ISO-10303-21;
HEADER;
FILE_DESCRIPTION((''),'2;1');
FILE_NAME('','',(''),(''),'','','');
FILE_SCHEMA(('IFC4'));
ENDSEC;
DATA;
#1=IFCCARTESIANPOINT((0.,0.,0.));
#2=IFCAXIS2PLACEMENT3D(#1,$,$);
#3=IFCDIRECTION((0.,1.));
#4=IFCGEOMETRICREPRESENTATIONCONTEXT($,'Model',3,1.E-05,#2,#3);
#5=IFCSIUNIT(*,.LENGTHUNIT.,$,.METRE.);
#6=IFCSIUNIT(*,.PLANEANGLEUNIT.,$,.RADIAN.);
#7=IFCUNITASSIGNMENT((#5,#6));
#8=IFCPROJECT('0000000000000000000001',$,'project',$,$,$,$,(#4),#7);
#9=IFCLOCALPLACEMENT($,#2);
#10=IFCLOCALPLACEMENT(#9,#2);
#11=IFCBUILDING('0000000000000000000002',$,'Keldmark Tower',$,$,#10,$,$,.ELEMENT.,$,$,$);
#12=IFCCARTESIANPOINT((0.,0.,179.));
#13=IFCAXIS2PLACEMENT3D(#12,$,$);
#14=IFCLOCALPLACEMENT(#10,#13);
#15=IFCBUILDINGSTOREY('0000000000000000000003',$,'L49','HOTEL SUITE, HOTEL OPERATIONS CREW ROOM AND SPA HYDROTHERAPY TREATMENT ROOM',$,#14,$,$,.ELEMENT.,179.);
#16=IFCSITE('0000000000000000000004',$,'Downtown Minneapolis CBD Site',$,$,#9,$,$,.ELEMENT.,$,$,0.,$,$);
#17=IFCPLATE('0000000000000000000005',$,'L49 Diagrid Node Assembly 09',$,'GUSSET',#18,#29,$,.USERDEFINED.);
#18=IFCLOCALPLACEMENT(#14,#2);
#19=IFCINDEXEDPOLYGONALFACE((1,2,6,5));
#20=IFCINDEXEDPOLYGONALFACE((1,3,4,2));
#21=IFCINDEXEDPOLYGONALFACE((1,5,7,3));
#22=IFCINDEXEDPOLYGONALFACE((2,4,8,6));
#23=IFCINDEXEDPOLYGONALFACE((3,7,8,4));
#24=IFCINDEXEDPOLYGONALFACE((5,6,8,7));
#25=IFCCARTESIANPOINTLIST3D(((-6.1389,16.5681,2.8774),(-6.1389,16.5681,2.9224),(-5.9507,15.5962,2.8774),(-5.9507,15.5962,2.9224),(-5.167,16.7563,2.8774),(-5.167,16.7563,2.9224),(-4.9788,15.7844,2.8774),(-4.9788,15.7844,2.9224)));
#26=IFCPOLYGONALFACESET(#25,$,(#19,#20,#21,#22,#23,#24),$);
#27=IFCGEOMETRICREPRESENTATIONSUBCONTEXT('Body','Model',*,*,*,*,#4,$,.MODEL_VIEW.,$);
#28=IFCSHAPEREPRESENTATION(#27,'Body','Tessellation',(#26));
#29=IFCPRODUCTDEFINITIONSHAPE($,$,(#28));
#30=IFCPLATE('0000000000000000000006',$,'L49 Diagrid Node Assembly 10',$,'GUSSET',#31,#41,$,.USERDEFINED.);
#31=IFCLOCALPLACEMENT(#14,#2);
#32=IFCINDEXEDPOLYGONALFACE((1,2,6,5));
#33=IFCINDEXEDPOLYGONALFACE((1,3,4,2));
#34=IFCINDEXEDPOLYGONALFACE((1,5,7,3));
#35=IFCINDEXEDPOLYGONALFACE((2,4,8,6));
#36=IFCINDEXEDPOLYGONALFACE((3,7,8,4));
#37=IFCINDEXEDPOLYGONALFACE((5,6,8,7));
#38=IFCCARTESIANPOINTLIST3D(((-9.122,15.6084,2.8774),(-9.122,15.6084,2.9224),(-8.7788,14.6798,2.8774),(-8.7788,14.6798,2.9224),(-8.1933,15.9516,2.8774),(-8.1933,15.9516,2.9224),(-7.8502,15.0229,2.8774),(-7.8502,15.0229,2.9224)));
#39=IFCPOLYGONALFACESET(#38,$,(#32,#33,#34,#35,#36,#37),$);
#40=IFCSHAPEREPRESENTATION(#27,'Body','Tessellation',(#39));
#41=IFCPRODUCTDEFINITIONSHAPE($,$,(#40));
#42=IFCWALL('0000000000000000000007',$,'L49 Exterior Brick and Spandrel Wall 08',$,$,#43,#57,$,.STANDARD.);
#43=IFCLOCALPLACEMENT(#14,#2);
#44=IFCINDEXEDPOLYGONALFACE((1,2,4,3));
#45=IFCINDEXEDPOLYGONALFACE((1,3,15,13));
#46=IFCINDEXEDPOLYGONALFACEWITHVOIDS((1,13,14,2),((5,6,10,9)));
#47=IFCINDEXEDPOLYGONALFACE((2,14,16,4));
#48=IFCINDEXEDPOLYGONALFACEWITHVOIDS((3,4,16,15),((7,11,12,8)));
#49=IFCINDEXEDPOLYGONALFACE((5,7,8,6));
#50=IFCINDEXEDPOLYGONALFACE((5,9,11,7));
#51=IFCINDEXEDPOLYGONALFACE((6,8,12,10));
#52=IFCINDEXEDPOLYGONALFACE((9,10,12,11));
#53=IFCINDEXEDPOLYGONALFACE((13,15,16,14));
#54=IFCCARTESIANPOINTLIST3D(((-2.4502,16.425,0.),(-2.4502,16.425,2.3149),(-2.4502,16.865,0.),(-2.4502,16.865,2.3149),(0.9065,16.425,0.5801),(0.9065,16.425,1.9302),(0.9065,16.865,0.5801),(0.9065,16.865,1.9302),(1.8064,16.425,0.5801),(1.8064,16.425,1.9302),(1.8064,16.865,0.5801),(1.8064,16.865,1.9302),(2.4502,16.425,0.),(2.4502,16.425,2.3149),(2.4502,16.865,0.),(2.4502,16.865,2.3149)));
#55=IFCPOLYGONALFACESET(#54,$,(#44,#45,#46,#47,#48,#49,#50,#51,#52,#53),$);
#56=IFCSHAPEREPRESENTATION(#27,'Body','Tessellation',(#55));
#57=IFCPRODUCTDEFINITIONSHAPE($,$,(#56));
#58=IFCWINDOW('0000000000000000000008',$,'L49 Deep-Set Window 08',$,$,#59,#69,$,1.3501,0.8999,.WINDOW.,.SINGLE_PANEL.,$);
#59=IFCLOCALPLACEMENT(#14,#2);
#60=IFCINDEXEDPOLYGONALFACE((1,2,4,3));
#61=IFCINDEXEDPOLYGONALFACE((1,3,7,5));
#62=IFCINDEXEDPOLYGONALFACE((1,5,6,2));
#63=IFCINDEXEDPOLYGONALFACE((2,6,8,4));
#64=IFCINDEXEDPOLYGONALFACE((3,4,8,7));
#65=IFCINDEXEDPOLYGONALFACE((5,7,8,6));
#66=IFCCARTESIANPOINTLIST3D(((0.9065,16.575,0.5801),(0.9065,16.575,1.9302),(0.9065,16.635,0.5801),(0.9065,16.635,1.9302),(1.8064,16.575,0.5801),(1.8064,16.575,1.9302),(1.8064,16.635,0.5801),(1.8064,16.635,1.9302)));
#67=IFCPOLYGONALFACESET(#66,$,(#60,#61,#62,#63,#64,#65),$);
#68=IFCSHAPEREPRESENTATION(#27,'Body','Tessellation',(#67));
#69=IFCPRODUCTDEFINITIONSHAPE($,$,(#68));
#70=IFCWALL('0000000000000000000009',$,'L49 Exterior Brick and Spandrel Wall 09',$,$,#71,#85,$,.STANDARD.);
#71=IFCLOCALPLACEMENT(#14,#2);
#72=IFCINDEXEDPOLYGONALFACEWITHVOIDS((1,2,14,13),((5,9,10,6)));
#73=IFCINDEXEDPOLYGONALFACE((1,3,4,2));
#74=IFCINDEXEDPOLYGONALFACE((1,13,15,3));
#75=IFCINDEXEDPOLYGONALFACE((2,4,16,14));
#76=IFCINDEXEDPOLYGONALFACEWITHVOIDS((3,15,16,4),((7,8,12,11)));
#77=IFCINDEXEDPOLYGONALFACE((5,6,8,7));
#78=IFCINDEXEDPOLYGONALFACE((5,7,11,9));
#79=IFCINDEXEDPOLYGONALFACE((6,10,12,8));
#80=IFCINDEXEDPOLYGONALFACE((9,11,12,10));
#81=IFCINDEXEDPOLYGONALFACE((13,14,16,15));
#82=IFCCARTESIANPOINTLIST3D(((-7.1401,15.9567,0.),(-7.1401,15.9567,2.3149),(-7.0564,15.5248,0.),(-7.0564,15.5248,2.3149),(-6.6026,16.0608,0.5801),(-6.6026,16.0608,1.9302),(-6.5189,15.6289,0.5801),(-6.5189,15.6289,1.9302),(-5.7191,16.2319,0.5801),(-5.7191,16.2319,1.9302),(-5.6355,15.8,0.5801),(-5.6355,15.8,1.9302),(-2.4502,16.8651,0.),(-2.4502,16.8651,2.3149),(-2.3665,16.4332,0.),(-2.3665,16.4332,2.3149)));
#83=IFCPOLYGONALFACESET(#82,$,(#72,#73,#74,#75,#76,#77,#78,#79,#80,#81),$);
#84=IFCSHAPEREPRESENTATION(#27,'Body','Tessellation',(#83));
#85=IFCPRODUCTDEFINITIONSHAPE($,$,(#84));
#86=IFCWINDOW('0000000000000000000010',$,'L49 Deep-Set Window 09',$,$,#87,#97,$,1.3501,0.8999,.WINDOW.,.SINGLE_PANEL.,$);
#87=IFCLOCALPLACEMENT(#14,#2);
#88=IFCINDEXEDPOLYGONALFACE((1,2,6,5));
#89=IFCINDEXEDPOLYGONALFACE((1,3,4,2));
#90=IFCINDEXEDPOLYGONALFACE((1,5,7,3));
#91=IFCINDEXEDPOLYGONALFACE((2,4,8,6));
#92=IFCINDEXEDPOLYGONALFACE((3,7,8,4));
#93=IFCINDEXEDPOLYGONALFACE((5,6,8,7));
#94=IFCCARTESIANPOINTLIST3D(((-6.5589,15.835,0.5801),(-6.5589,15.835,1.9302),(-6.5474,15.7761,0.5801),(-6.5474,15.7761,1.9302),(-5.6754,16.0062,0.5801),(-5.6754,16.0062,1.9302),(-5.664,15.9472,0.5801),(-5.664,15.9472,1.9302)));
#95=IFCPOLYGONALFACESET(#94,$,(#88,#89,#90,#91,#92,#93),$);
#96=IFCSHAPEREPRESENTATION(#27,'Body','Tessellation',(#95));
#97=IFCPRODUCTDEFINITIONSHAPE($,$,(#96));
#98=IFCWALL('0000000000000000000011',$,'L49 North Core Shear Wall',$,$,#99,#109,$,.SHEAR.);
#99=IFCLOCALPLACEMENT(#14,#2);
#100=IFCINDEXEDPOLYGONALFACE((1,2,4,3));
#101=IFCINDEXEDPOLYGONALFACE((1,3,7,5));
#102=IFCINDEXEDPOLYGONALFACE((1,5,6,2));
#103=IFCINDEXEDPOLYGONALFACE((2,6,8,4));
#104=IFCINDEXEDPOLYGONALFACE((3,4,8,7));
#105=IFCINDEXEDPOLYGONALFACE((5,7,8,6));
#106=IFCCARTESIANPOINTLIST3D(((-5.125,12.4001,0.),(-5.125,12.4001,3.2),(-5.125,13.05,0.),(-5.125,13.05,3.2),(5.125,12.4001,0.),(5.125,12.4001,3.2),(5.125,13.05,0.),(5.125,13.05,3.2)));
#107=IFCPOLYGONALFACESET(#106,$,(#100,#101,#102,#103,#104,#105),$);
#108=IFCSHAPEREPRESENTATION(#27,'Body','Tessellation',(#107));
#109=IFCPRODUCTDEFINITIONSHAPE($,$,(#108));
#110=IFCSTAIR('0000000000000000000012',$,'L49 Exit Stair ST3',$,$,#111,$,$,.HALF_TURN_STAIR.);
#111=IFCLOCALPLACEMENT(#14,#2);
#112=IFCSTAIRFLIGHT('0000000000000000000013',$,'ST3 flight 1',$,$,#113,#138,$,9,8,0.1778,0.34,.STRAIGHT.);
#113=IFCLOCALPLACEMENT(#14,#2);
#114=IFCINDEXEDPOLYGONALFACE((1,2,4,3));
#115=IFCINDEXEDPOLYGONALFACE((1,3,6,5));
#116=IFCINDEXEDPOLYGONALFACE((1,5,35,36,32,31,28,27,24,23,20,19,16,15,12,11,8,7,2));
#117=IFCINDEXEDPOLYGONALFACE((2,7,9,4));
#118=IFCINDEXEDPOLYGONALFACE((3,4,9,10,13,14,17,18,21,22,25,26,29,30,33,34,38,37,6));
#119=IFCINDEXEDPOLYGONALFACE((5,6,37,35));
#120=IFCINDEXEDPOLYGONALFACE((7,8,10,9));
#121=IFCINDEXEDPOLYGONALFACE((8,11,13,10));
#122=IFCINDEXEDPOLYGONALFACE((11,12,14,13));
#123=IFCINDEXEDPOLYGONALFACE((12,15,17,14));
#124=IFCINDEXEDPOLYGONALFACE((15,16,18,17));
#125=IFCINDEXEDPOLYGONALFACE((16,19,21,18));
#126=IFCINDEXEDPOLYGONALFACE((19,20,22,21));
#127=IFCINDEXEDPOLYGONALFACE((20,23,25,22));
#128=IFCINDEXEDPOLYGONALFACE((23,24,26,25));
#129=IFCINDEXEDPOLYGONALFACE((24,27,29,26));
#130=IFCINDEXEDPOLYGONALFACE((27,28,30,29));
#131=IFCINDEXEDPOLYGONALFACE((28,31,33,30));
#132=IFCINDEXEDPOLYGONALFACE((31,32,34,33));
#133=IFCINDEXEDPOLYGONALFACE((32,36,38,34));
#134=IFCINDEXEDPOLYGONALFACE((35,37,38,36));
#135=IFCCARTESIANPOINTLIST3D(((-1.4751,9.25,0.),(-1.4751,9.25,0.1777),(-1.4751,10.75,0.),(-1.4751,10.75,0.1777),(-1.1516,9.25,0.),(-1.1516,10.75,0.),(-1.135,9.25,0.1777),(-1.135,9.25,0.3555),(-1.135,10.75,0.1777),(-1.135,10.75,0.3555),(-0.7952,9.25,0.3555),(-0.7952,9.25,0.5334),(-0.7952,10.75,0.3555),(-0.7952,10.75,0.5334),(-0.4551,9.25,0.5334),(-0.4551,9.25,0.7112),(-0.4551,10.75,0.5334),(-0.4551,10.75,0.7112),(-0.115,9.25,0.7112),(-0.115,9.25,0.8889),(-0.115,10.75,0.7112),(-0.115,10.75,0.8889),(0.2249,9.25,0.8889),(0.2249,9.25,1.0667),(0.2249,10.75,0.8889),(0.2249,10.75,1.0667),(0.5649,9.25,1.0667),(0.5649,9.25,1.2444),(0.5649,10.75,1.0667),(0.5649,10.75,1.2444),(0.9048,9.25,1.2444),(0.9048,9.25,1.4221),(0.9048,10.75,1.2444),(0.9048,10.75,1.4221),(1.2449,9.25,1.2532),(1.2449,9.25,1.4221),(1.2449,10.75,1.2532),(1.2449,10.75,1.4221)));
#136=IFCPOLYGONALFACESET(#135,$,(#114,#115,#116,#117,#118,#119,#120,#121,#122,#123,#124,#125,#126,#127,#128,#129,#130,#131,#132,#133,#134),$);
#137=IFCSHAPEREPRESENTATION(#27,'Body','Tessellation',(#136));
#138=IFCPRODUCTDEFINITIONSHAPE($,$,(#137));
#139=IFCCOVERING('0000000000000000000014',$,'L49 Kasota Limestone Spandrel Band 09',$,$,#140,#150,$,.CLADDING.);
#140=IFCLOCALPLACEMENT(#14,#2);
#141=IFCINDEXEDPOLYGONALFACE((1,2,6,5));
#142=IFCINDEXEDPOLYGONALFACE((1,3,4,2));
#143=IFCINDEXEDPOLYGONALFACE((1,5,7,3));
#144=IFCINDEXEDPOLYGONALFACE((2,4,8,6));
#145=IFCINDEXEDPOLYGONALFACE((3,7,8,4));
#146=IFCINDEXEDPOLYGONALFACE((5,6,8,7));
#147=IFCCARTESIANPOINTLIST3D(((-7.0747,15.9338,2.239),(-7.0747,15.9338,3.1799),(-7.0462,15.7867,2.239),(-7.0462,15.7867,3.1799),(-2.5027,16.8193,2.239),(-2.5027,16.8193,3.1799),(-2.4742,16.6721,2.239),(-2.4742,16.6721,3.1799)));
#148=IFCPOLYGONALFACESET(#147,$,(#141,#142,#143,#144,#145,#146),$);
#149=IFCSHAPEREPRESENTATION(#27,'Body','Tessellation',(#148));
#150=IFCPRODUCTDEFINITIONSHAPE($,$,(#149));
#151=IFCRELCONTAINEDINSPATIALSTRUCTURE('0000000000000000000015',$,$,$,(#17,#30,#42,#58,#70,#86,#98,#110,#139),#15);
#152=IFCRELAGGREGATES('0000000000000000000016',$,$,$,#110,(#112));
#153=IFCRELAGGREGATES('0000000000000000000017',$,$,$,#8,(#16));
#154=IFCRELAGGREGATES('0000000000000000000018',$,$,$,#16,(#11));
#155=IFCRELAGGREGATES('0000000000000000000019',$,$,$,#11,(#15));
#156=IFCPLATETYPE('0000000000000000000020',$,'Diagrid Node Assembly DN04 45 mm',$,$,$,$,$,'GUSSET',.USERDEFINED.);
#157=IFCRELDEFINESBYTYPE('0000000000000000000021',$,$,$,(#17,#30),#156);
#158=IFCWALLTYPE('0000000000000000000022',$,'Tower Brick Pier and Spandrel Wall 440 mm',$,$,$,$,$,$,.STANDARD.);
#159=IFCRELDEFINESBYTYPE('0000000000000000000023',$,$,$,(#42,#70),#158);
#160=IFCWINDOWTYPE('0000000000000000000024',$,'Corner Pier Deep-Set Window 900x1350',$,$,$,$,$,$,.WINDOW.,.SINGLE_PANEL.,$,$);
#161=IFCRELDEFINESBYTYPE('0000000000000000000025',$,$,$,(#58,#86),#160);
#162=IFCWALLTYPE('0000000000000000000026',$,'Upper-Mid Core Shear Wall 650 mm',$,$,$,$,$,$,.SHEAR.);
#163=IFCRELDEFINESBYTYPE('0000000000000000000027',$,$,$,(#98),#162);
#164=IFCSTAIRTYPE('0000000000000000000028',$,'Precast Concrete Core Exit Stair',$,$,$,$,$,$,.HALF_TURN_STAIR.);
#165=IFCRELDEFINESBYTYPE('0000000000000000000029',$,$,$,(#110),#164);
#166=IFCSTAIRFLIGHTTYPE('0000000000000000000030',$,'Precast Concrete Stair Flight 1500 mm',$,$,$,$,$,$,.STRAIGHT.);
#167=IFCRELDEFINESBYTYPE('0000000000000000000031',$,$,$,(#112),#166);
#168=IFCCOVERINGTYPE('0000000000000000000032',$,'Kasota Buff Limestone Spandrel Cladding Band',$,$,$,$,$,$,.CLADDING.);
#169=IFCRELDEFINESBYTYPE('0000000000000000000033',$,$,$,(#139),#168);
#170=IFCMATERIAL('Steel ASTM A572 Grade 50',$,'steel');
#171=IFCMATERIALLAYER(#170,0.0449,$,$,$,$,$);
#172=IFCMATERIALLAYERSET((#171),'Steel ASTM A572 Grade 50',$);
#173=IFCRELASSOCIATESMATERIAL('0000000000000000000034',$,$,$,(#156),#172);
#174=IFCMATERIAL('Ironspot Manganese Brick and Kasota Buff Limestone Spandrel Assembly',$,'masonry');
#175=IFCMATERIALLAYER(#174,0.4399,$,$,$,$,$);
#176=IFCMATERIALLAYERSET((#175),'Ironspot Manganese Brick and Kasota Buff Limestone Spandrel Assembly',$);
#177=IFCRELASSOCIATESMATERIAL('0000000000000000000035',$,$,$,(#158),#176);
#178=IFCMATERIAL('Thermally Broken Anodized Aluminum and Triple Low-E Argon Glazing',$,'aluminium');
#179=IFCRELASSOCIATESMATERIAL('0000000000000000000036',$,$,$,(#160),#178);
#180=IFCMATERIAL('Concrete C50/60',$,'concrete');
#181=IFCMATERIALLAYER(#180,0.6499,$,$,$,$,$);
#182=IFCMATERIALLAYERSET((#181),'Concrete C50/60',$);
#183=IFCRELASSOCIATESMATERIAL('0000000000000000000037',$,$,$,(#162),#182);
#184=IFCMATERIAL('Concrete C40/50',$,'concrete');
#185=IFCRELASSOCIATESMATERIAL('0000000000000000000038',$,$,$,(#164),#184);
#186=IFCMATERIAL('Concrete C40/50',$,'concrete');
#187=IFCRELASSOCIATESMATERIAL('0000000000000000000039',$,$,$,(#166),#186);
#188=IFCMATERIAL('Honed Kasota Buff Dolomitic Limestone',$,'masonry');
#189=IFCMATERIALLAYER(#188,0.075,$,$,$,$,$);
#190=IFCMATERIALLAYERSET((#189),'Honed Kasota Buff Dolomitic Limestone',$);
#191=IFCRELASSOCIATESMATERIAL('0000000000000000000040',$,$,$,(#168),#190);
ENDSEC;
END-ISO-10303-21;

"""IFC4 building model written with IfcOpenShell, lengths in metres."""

from ifc_helpers import new_model, si_unit, direction, frame, frame_2d, origin, origin_2d, place, context, subcontext, project, spatial, polyline, rectangle, outline, extrude, material, layer, layer_set, type_object, element, fill, aggregate, save


model = new_model("IFC4")

# Units and contexts
model_context = context("Model", 3, precision=1e-05, world=origin(), true_north=direction((0.0, 1.0)))
body_context = subcontext(model_context, "Body", "Model", "MODEL_VIEW")
ifc_project = project(units=[si_unit("LENGTHUNIT", "METRE"), si_unit("PLANEANGLEUNIT", "RADIAN")], contexts=[model_context])

# Site, building, storey
site_placement = place(None, origin())
site = spatial("IfcSite", under=ifc_project, at=site_placement, Name="Downtown Minneapolis CBD Site", CompositionType="ELEMENT", RefElevation=0.0)
building_placement = place(site_placement, origin())
building = spatial("IfcBuilding", under=site, at=building_placement, Name="Keldmark Tower", CompositionType="ELEMENT")
storey_placement = place(building_placement, frame((0.0, 0.0, 179.0)))
storey = spatial("IfcBuildingStorey", under=building, at=storey_placement, Name="L49", Description="HOTEL SUITE, HOTEL OPERATIONS CREW ROOM AND SPA HYDROTHERAPY TREATMENT ROOM", CompositionType="ELEMENT", Elevation=179.0)

# Plates
ifc_material_1 = material(Name="Steel ASTM A572 Grade 50", Category="steel")
ifc_layer_1 = layer(ifc_material_1, 0.0449)
ifc_layer_set_1 = layer_set([ifc_layer_1], Name="Steel ASTM A572 Grade 50")
plate_type_1 = type_object("IfcPlateType", Name="Diagrid Node Assembly DN04 45 mm", ElementType="GUSSET", PredefinedType="USERDEFINED", material=ifc_layer_set_1)
for number, where, z_axis, x_axis, name in (
    (1, (-5.5588, 16.1763, 2.8774), (0.0, 0.0, 1.0), (-0.98176, -0.190124, 0.0), "L49 Diagrid Node Assembly 09"),
    (2, (-8.4861, 15.3157, 2.8774), (0.0, 0.0, 1.0), (-0.93801, -0.346608, 0.0), "L49 Diagrid Node Assembly 10"),
):
    element("IfcPlate", number, at=place(storey_placement, frame(where, z_axis=z_axis, x_axis=x_axis)), inside=storey, type_object=plate_type_1, Name=name, ObjectType="GUSSET", PredefinedType="USERDEFINED", context=body_context, shape_type="SweptSolid", body=[
        extrude(rectangle(XDim=0.99, YDim=0.99, at=origin_2d()), origin(), (0.0, 0.0, 1.0), 0.0449),
    ])

# Walls, openings, windows
ifc_material_2 = material(Name="Ironspot Manganese Brick and Kasota Buff Limestone Spandrel Assembly", Category="masonry")
ifc_layer_2 = layer(ifc_material_2, 0.4399)
ifc_layer_set_2 = layer_set([ifc_layer_2], Name="Ironspot Manganese Brick and Kasota Buff Limestone Spandrel Assembly")
wall_type_1 = type_object("IfcWallType", Name="Tower Brick Pier and Spandrel Wall 440 mm", PredefinedType="STANDARD", material=ifc_layer_set_2)
wall_1_placement = place(storey_placement, frame((-2.4502, 16.645, 0.0), z_axis=(0.0, 0.0, 1.0), x_axis=(1.0, 0.0, 0.0)))
wall_1 = element("IfcWall", 3, at=wall_1_placement, inside=storey, type_object=wall_type_1, Name="L49 Exterior Brick and Spandrel Wall 08", PredefinedType="STANDARD", context=body_context, shape_type="SweptSolid", body=[
    extrude(rectangle(XDim=4.9004, YDim=0.4399, at=frame_2d((2.4502, 0.0))), origin(), (0.0, 0.0, 1.0), 2.3149),
])
opening_1_placement = place(wall_1_placement, frame((3.3567, 0.0, 0.5801)))
opening_1 = element("IfcOpeningElement", 4, at=opening_1_placement, cuts=wall_1, PredefinedType="OPENING", context=body_context, shape_type="SweptSolid", body=[
    extrude(rectangle(XDim=0.8999, YDim=1.3501, at=frame_2d((0.45, 0.675))), frame((0.0, 0.23, 0.0), z_axis=(0.0, -1.0, 0.0), x_axis=(1.0, 0.0, 0.0)), (0.0, 0.0, 1.0), 0.46),
])
ifc_material_3 = material(Name="Thermally Broken Anodized Aluminum and Triple Low-E Argon Glazing", Category="aluminium")
window_type = type_object("IfcWindowType", Name="Corner Pier Deep-Set Window 900x1350", PartitioningType="SINGLE_PANEL", PredefinedType="WINDOW", material=ifc_material_3)
window_1_placement = place(opening_1_placement, origin())
window_1 = element("IfcWindow", 5, at=window_1_placement, inside=storey, type_object=window_type, Name="L49 Deep-Set Window 08", OverallHeight=1.3501, OverallWidth=0.8999, PartitioningType="SINGLE_PANEL", PredefinedType="WINDOW", context=body_context, shape_type="SweptSolid", body=[
    extrude(rectangle(XDim=0.8999, YDim=1.3501, at=frame_2d((0.45, 0.675))), frame((0.0, -0.01, 0.0), z_axis=(0.0, -1.0, 0.0), x_axis=(1.0, 0.0, 0.0)), (0.0, 0.0, 1.0), 0.0601),
])
fill(opening_1, window_1)
wall_2_placement = place(storey_placement, frame((-7.0984, 15.7407, 0.0), z_axis=(0.0, 0.0, 1.0), x_axis=(0.981752, 0.190167, 0.0)))
wall_2 = element("IfcWall", 6, at=wall_2_placement, inside=storey, type_object=wall_type_1, Name="L49 Exterior Brick and Spandrel Wall 09", PredefinedType="STANDARD", context=body_context, shape_type="SweptSolid", body=[
    extrude(rectangle(XDim=4.7771, YDim=0.4399, at=frame_2d((2.3887, 0.0))), origin(), (0.0, 0.0, 1.0), 2.3149),
])
opening_2_placement = place(wall_2_placement, frame((0.5476, 0.0, 0.5801)))
opening_2 = element("IfcOpeningElement", 7, at=opening_2_placement, cuts=wall_2, PredefinedType="OPENING", context=body_context, shape_type="SweptSolid", body=[
    extrude(rectangle(XDim=0.8999, YDim=1.3501, at=frame_2d((0.45, 0.675))), frame((0.0, 0.23, 0.0), z_axis=(0.0, -1.0, 0.0), x_axis=(1.0, 0.0, 0.0)), (0.0, 0.0, 1.0), 0.46),
])
window_2_placement = place(opening_2_placement, origin())
window_2 = element("IfcWindow", 8, at=window_2_placement, inside=storey, type_object=window_type, Name="L49 Deep-Set Window 09", OverallHeight=1.3501, OverallWidth=0.8999, PartitioningType="SINGLE_PANEL", PredefinedType="WINDOW", context=body_context, shape_type="SweptSolid", body=[
    extrude(rectangle(XDim=0.8999, YDim=1.3501, at=frame_2d((0.45, 0.675))), frame((0.0, -0.01, 0.0), z_axis=(0.0, -1.0, 0.0), x_axis=(1.0, 0.0, 0.0)), (0.0, 0.0, 1.0), 0.0601),
])
fill(opening_2, window_2)

# Wall
ifc_material_4 = material(Name="Concrete C50/60", Category="concrete")
ifc_layer_3 = layer(ifc_material_4, 0.6499)
ifc_layer_set_3 = layer_set([ifc_layer_3], Name="Concrete C50/60")
wall_type_2 = type_object("IfcWallType", Name="Upper-Mid Core Shear Wall 650 mm", PredefinedType="SHEAR", material=ifc_layer_set_3)
wall_3_placement = place(storey_placement, frame((-5.125, 12.7251, 0.0), z_axis=(0.0, 0.0, 1.0), x_axis=(1.0, 0.0, 0.0)))
element("IfcWall", 9, at=wall_3_placement, inside=storey, type_object=wall_type_2, Name="L49 North Core Shear Wall", PredefinedType="SHEAR", context=body_context, shape_type="SweptSolid", body=[
    extrude(rectangle(XDim=10.25, YDim=0.6499, at=frame_2d((5.125, 0.0))), origin(), (0.0, 0.0, 1.0), 3.2),
])

# Stair, stair flight
ifc_material_5 = material(Name="Concrete C40/50", Category="concrete")
stair_type = type_object("IfcStairType", Name="Precast Concrete Core Exit Stair", PredefinedType="HALF_TURN_STAIR", material=ifc_material_5)
stair_placement = place(storey_placement, origin())
stair = element("IfcStair", 10, at=stair_placement, inside=storey, type_object=stair_type, Name="L49 Exit Stair ST3", PredefinedType="HALF_TURN_STAIR")
ifc_material_6 = material(Name="Concrete C40/50", Category="concrete")
stair_flight_type = type_object("IfcStairFlightType", Name="Precast Concrete Stair Flight 1500 mm", PredefinedType="STRAIGHT", material=ifc_material_6)
stair_flight_placement = place(storey_placement, frame((-1.4751, 10.0, 0.0), z_axis=(0.0, 0.0, 1.0), x_axis=(1.0, 0.0, 0.0)))
stair_flight = element("IfcStairFlight", 11, at=stair_flight_placement, type_object=stair_flight_type, Name="ST3 flight 1", NumberOfRisers=9, NumberOfTreads=8, PredefinedType="STRAIGHT", RiserHeight=0.1778, TreadLength=0.34, context=body_context, shape_type="SweptSolid", body=[
    extrude(outline(polyline([(0.0, 0.0), (0.0, 0.1777), (0.3401, 0.1777), (0.3401, 0.3555), (0.6799, 0.3555), (0.6799, 0.5334), (1.02, 0.5334), (1.02, 0.7112), (1.3601, 0.7112), (1.3601, 0.8889), (1.7, 0.8889), (1.7, 1.0667), (2.04, 1.0667), (2.04, 1.2444), (2.3799, 1.2444), (2.3799, 1.4221), (2.72, 1.4221), (2.72, 1.6001), (2.72, 1.2532), (0.3235, 0.0), (0.0, 0.0)])), frame((0.0, 0.75, 0.0), z_axis=(0.0, -1.0, 0.0), x_axis=(1.0, 0.0, 0.0)), (0.0, 0.0, 1.0), 1.5),
])
aggregate(stair, [stair_flight])

# Covering
ifc_material_7 = material(Name="Honed Kasota Buff Dolomitic Limestone", Category="masonry")
ifc_layer_4 = layer(ifc_material_7, 0.075)
ifc_layer_set_4 = layer_set([ifc_layer_4], Name="Honed Kasota Buff Dolomitic Limestone")
covering_type = type_object("IfcCoveringType", Name="Kasota Buff Limestone Spandrel Cladding Band", PredefinedType="CLADDING", material=ifc_layer_set_4)
covering_placement = place(storey_placement, frame((-4.7744, 16.303, 2.239), z_axis=(0.0, 0.0, 1.0), x_axis=(-0.981757, -0.190141, 0.0)))
element("IfcCovering", 12, at=covering_placement, inside=storey, type_object=covering_type, Name="L49 Kasota Limestone Spandrel Band 09", PredefinedType="CLADDING", context=body_context, shape_type="SweptSolid", body=[
    extrude(rectangle(XDim=4.657, YDim=0.1499, at=origin_2d()), origin(), (0.0, 0.0, 1.0), 0.9409),
])

save(model, "model.ifc")
